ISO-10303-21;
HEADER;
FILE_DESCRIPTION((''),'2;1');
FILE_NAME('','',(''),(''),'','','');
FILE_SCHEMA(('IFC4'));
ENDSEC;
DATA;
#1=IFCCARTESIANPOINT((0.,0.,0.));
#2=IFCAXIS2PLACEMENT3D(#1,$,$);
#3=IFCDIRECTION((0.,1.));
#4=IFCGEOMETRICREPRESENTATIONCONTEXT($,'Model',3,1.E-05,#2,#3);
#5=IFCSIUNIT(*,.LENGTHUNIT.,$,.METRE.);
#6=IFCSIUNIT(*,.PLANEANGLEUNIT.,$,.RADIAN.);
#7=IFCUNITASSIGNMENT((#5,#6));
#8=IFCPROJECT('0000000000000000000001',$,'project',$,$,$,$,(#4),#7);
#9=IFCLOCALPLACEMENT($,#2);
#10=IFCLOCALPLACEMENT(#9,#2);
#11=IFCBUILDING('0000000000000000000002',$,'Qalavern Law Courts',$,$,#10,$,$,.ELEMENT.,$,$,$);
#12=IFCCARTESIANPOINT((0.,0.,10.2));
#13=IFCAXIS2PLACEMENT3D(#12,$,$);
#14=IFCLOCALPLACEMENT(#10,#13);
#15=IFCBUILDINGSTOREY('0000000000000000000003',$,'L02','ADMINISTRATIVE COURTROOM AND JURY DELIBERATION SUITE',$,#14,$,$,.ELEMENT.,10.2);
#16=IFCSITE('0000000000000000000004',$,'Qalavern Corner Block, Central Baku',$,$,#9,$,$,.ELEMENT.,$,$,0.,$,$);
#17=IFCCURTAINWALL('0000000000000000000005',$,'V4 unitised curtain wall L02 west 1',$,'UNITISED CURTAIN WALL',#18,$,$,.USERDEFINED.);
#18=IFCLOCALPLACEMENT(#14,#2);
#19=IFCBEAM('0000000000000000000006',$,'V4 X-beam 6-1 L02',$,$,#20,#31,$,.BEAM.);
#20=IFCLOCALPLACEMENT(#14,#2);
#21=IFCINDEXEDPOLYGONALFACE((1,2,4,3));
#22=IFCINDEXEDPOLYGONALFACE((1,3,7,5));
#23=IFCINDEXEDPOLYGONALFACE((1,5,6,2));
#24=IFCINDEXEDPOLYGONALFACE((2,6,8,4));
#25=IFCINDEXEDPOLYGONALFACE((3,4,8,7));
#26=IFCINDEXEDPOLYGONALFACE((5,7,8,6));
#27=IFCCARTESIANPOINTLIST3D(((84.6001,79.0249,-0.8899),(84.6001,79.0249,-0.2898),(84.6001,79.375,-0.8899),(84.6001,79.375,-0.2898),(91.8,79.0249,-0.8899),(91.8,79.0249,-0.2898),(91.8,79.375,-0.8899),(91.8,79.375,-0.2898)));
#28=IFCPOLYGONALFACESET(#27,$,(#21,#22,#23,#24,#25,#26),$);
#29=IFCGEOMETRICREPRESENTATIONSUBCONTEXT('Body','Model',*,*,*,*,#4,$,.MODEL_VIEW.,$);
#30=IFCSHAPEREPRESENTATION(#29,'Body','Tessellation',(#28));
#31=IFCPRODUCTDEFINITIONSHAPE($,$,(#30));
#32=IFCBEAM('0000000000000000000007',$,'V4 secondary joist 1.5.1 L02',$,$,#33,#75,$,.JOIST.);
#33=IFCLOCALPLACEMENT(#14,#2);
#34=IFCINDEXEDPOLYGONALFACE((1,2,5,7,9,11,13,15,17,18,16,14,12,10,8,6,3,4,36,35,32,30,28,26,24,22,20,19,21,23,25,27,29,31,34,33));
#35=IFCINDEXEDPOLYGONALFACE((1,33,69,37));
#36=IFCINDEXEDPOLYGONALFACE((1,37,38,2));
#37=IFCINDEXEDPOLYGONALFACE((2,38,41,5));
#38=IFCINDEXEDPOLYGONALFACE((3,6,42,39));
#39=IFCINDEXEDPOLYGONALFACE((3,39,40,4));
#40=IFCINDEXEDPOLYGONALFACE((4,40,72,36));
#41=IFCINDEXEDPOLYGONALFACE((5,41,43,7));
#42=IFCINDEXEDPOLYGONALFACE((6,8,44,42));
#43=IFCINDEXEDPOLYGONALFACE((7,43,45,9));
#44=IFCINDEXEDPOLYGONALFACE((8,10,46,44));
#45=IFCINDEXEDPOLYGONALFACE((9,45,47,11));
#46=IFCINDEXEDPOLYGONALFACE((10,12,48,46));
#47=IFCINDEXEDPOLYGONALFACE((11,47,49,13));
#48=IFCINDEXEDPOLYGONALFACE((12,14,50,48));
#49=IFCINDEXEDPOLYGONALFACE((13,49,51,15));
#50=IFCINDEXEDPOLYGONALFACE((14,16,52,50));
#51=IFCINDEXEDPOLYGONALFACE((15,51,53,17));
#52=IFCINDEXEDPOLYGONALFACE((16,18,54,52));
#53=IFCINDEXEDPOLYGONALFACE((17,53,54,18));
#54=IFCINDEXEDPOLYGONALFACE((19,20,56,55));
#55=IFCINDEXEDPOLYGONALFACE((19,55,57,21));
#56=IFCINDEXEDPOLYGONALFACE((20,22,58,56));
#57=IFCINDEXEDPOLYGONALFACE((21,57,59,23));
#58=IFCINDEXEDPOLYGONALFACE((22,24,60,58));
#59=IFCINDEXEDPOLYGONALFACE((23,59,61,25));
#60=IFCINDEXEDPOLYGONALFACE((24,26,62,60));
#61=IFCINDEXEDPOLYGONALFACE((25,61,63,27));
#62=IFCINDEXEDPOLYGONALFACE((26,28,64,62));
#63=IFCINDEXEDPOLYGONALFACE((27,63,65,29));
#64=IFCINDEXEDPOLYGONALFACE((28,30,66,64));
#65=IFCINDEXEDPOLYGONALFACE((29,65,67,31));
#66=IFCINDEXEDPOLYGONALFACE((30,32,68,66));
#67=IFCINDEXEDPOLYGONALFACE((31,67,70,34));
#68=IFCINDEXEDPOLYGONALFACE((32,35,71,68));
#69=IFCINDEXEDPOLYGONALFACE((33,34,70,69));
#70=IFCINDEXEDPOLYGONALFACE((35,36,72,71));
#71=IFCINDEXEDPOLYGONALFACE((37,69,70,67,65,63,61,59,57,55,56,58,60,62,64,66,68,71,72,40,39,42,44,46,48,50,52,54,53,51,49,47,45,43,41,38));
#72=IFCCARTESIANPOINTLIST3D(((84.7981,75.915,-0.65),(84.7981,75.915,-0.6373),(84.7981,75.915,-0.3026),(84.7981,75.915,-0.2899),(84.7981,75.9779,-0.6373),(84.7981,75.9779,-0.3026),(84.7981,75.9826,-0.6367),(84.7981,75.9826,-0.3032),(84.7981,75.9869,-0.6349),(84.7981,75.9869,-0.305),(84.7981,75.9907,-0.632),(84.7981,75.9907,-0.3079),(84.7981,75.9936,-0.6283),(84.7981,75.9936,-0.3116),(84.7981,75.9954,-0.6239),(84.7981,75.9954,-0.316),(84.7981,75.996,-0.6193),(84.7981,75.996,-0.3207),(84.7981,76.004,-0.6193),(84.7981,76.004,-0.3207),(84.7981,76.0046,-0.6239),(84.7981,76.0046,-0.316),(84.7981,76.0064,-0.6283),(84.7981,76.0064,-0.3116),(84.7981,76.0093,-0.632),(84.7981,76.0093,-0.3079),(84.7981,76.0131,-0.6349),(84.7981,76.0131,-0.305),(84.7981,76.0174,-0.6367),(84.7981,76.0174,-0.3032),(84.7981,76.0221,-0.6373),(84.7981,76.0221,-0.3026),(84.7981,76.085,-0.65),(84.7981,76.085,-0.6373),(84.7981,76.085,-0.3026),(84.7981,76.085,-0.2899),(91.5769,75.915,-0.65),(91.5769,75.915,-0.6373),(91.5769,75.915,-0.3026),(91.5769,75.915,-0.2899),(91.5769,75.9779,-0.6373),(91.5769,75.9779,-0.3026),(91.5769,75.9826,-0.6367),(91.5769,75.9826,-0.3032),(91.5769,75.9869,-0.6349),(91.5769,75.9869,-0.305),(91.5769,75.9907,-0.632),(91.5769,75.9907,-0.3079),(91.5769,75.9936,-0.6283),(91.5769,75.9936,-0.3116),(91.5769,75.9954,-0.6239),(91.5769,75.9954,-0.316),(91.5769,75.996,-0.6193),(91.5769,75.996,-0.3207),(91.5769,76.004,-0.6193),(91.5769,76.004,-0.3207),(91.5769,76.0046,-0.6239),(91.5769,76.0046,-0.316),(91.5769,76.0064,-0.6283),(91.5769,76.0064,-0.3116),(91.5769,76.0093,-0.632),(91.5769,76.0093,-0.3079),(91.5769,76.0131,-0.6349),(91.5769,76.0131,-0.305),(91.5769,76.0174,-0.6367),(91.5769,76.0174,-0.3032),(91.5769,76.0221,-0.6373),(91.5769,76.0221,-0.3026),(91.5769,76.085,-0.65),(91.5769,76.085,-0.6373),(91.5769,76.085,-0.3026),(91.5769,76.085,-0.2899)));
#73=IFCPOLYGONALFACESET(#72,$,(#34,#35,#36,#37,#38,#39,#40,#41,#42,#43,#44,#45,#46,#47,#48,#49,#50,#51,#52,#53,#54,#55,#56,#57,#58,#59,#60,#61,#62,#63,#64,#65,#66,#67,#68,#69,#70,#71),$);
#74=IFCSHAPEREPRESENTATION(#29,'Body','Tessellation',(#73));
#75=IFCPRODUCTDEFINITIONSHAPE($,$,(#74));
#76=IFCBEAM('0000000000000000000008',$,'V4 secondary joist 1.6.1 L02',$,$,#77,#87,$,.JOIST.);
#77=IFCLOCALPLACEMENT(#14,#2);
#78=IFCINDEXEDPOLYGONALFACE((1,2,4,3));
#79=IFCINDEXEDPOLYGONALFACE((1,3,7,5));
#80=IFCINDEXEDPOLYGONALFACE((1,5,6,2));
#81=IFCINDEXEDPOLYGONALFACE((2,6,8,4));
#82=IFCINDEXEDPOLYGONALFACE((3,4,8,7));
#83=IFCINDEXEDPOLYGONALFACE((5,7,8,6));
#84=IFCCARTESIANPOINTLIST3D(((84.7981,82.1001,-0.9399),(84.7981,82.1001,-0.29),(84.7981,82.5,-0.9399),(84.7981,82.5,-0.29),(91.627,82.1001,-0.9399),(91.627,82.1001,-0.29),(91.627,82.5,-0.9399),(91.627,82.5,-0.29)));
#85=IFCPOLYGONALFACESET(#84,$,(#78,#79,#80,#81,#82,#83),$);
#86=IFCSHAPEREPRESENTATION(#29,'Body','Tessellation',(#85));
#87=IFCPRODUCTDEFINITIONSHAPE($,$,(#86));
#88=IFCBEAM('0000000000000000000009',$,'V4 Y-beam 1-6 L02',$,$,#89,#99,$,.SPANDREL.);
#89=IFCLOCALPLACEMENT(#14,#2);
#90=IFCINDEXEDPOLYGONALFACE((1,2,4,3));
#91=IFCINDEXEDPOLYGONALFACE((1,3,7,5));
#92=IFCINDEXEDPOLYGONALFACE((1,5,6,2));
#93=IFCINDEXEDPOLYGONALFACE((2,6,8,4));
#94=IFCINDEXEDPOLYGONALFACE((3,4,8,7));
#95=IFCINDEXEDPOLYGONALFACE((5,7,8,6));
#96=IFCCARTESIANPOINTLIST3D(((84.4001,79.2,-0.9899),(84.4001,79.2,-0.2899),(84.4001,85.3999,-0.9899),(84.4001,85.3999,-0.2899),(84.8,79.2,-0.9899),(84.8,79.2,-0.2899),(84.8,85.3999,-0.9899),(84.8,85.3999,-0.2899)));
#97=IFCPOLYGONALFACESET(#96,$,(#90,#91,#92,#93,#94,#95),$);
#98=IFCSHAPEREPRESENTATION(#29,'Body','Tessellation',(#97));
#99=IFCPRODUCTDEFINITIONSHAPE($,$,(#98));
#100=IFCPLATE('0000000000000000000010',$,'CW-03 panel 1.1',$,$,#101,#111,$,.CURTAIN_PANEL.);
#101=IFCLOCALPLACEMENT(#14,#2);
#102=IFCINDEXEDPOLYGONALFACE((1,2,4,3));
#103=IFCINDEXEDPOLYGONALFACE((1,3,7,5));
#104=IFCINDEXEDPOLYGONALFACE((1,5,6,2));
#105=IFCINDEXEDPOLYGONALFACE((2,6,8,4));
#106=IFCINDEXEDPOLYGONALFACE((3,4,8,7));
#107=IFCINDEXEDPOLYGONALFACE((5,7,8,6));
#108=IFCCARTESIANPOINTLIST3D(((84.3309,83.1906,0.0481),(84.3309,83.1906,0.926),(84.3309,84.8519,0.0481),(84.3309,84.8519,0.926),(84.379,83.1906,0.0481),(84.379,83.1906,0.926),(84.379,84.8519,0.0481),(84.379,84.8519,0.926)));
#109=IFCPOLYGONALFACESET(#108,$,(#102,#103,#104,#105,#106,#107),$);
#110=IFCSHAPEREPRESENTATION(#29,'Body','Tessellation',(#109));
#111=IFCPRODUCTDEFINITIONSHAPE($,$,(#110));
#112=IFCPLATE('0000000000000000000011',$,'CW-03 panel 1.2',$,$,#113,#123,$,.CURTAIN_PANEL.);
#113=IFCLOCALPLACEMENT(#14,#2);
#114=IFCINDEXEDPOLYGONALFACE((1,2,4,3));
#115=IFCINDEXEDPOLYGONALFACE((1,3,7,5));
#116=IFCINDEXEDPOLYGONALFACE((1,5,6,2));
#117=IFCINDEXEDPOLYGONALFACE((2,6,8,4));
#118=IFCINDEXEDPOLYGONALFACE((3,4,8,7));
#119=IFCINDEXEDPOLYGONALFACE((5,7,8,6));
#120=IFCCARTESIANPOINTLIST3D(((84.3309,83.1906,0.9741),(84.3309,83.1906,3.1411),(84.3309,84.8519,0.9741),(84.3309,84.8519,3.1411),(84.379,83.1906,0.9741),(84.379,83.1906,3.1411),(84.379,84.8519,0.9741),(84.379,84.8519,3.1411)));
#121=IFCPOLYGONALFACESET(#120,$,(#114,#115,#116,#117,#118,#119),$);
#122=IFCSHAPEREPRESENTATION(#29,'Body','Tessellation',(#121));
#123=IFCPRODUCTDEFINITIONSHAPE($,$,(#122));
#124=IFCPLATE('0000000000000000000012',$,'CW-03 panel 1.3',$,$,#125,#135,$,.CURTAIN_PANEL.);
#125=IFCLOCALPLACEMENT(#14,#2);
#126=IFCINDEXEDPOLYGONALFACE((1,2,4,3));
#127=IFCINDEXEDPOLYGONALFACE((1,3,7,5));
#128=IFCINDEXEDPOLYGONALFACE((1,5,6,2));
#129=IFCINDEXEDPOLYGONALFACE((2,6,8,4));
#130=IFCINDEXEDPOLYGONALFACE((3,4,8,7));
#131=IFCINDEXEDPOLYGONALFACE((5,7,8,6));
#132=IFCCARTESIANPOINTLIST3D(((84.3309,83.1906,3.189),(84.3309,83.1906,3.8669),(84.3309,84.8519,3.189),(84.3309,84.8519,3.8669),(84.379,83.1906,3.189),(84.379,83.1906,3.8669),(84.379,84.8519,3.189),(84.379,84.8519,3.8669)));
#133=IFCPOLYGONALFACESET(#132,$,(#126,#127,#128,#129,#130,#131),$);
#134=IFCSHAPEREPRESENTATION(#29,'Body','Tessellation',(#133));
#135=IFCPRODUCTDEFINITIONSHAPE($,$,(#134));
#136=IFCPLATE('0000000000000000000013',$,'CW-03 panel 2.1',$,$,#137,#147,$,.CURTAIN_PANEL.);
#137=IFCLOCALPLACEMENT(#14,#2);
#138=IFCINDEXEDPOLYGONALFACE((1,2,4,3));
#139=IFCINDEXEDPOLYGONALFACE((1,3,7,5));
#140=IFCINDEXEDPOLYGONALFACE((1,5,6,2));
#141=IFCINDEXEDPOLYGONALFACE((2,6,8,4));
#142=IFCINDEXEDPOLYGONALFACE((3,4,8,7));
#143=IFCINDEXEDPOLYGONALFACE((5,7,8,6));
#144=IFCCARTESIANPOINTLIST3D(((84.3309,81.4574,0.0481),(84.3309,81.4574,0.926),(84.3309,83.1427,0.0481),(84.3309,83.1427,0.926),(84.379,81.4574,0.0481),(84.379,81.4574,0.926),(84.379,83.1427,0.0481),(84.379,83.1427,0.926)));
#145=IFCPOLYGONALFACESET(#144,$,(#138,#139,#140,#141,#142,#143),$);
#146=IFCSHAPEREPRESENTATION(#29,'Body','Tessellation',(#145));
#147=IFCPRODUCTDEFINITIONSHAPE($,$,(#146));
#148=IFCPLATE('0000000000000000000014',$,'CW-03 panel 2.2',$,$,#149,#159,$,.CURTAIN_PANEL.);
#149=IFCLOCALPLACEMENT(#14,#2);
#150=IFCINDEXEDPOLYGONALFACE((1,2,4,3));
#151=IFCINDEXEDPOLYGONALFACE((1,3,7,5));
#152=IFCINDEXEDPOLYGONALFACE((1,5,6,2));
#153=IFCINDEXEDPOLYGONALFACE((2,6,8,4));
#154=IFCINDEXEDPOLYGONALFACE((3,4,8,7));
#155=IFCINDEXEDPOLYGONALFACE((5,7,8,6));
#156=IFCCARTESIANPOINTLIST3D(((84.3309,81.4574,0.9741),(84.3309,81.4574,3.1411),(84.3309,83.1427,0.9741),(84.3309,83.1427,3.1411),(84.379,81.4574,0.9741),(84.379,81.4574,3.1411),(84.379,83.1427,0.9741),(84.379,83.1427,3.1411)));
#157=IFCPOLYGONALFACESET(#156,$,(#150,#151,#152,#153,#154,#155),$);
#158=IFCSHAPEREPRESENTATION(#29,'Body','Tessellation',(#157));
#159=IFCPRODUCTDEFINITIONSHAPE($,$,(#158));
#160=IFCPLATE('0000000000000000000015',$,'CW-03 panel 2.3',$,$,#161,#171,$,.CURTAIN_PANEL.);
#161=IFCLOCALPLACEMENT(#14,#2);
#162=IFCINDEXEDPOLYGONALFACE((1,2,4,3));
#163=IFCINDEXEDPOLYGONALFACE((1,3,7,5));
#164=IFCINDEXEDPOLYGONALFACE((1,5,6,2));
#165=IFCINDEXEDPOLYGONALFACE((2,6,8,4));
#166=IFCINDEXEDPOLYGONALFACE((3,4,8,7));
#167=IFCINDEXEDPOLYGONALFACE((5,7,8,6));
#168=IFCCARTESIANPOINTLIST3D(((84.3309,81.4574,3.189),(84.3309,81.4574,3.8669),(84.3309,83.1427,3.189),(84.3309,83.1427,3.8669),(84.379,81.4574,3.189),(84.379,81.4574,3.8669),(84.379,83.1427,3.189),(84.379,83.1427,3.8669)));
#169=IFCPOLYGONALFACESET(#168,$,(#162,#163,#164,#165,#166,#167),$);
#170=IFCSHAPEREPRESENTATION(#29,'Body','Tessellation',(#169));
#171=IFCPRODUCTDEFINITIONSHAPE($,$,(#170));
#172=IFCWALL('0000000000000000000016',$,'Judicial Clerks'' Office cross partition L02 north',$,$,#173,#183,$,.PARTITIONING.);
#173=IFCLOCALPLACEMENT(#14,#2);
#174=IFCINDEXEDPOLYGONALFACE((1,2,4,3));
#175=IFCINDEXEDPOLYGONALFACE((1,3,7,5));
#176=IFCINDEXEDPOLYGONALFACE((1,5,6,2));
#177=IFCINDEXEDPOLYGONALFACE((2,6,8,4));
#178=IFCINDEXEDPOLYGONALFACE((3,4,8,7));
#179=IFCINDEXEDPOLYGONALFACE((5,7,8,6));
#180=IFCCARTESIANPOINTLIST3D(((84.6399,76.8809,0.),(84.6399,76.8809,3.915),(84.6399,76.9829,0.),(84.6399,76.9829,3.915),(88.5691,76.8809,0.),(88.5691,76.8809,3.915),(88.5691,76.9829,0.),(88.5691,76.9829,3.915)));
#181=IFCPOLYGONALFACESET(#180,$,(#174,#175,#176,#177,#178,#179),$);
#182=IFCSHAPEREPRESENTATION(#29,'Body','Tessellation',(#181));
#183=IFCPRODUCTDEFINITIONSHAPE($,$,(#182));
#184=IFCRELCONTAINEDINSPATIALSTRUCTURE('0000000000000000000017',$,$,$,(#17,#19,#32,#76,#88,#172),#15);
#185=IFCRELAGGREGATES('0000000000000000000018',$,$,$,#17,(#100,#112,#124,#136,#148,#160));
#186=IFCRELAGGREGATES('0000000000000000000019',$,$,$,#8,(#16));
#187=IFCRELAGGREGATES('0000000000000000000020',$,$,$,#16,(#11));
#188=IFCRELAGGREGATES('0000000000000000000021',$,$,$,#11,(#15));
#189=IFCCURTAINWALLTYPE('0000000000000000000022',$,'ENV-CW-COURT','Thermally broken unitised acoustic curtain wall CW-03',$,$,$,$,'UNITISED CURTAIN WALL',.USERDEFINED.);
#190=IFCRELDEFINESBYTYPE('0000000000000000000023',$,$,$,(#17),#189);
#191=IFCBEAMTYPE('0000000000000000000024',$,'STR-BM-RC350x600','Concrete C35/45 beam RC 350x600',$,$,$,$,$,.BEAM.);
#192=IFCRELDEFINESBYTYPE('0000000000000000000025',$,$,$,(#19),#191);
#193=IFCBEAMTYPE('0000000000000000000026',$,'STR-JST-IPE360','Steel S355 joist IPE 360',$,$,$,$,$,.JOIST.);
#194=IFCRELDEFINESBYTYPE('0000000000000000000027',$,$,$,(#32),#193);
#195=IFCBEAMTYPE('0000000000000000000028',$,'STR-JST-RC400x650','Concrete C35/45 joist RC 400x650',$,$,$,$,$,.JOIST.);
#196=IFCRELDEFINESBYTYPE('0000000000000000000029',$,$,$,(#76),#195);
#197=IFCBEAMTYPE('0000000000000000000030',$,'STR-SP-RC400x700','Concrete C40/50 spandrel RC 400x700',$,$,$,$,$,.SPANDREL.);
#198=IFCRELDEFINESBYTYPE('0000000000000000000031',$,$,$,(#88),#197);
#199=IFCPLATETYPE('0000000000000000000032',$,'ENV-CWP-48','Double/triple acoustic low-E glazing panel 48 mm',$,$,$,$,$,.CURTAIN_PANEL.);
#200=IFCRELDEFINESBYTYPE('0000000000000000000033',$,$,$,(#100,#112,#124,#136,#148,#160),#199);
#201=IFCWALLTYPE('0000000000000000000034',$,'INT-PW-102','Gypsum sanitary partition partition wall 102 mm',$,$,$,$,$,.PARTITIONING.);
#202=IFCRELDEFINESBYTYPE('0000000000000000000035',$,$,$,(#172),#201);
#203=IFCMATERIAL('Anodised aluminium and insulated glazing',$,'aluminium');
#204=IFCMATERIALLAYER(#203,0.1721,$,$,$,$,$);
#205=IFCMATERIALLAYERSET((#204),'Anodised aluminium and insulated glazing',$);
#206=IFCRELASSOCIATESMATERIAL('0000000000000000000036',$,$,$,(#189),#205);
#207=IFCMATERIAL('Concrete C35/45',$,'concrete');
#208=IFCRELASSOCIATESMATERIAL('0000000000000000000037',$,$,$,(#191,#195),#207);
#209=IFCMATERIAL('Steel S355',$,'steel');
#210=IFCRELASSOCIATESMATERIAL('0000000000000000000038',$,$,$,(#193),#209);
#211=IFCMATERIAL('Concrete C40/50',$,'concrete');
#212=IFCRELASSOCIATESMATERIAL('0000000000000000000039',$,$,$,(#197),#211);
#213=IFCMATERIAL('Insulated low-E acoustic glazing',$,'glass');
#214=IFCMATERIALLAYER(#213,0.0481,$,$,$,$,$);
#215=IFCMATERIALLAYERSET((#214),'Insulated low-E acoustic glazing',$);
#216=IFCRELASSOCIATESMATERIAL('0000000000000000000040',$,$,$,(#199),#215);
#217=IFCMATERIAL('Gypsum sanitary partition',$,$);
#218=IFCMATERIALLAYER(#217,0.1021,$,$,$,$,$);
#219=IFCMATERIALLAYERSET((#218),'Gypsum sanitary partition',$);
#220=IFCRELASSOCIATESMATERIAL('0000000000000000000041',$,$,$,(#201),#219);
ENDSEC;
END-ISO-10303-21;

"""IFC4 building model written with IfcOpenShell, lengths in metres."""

from ifc_helpers import new_model, si_unit, direction, frame, frame_2d, origin, origin_2d, place, context, subcontext, project, spatial, rectangle, i_section, extrude, material, layer, layer_set, material_profile, profile_set, type_object, element, aggregate, save


model = new_model("IFC4")

# Units and contexts
model_context = context("Model", 3, precision=1e-05, world=origin(), true_north=direction((0.0, 1.0)))
body_context = subcontext(model_context, "Body", "Model", "MODEL_VIEW")
ifc_project = project(units=[si_unit("LENGTHUNIT", "METRE"), si_unit("PLANEANGLEUNIT", "RADIAN")], contexts=[model_context])

# Site, building, storey
site_placement = place(None, origin())
site = spatial("IfcSite", under=ifc_project, at=site_placement, Name="Qalavern Corner Block, Central Baku", CompositionType="ELEMENT", RefElevation=0.0)
building_placement = place(site_placement, origin())
building = spatial("IfcBuilding", under=site, at=building_placement, Name="Qalavern Law Courts", CompositionType="ELEMENT")
storey_placement = place(building_placement, frame((0.0, 0.0, 10.2)))
storey = spatial("IfcBuildingStorey", under=building, at=storey_placement, Name="L02", Description="ADMINISTRATIVE COURTROOM AND JURY DELIBERATION SUITE", CompositionType="ELEMENT", Elevation=10.2)

# Curtain wall
ifc_material_1 = material(Name="Anodised aluminium and insulated glazing", Category="aluminium")
ifc_layer_1 = layer(ifc_material_1, 0.1721)
ifc_layer_set_1 = layer_set([ifc_layer_1], Name="Anodised aluminium and insulated glazing")
curtain_wall_type = type_object("IfcCurtainWallType", Name="ENV-CW-COURT", Description="Thermally broken unitised acoustic curtain wall CW-03", ElementType="UNITISED CURTAIN WALL", PredefinedType="USERDEFINED", material=ifc_layer_set_1)
curtain_wall_placement = place(storey_placement, origin())
curtain_wall = element("IfcCurtainWall", 1, at=curtain_wall_placement, inside=storey, type_object=curtain_wall_type, Name="V4 unitised curtain wall L02 west 1", ObjectType="UNITISED CURTAIN WALL", PredefinedType="USERDEFINED")

# Beams
ifc_material_2 = material(Name="Concrete C35/45", Category="concrete")
ifc_material_profile_1 = material_profile(ifc_material_2, rectangle(XDim=0.3501, YDim=0.6001, at=origin_2d()), Name="RC 350x600")
ifc_profile_set_1 = profile_set([ifc_material_profile_1], Name="Concrete C35/45")
beam_type_1 = type_object("IfcBeamType", Name="STR-BM-RC350x600", Description="Concrete C35/45 beam RC 350x600", PredefinedType="BEAM", material=ifc_profile_set_1)
beam_1_placement = place(storey_placement, frame((84.6001, 79.2, -0.5898), z_axis=(1.0, 0.0, 0.0), x_axis=(0.0, 1.0, 0.0)))
element("IfcBeam", 2, at=beam_1_placement, inside=storey, type_object=beam_type_1, Name="V4 X-beam 6-1 L02", PredefinedType="BEAM", context=body_context, shape_type="SweptSolid", body=[
    extrude(rectangle(XDim=0.3501, YDim=0.6001, at=origin_2d()), origin(), (0.0, 0.0, 1.0), 7.2),
])
ifc_material_3 = material(Name="Steel S355", Category="steel")
ifc_material_profile_2 = material_profile(ifc_material_3, i_section(OverallWidth=0.1699, OverallDepth=0.3601, WebThickness=0.0081, FlangeThickness=0.0127, FilletRadius=0.0181, at=origin_2d()), Name="IPE 360")
ifc_profile_set_2 = profile_set([ifc_material_profile_2], Name="Steel S355")
beam_type_2 = type_object("IfcBeamType", Name="STR-JST-IPE360", Description="Steel S355 joist IPE 360", PredefinedType="JOIST", material=ifc_profile_set_2)
beam_2_placement = place(storey_placement, frame((84.7981, 76.0, -0.47), z_axis=(1.0, 0.0, 0.0), x_axis=(0.0, 1.0, 0.0)))
element("IfcBeam", 3, at=beam_2_placement, inside=storey, type_object=beam_type_2, Name="V4 secondary joist 1.5.1 L02", PredefinedType="JOIST", context=body_context, shape_type="SweptSolid", body=[
    extrude(i_section(OverallWidth=0.1699, OverallDepth=0.3601, WebThickness=0.0081, FlangeThickness=0.0127, FilletRadius=0.0181, at=origin_2d()), origin(), (0.0, 0.0, 1.0), 6.7788),
])
ifc_material_profile_3 = material_profile(ifc_material_2, rectangle(XDim=0.3999, YDim=0.6499, at=origin_2d()), Name="RC 400x650")
ifc_profile_set_3 = profile_set([ifc_material_profile_3], Name="Concrete C35/45")
beam_type_3 = type_object("IfcBeamType", Name="STR-JST-RC400x650", Description="Concrete C35/45 joist RC 400x650", PredefinedType="JOIST", material=ifc_profile_set_3)
beam_3_placement = place(storey_placement, frame((84.7981, 82.3, -0.615), z_axis=(1.0, 0.0, 0.0), x_axis=(0.0, 1.0, 0.0)))
element("IfcBeam", 4, at=beam_3_placement, inside=storey, type_object=beam_type_3, Name="V4 secondary joist 1.6.1 L02", PredefinedType="JOIST", context=body_context, shape_type="SweptSolid", body=[
    extrude(rectangle(XDim=0.3999, YDim=0.6499, at=origin_2d()), origin(), (0.0, 0.0, 1.0), 6.8289),
])
ifc_material_4 = material(Name="Concrete C40/50", Category="concrete")
ifc_material_profile_4 = material_profile(ifc_material_4, rectangle(XDim=0.3999, YDim=0.7, at=origin_2d()), Name="RC 400x700")
ifc_profile_set_4 = profile_set([ifc_material_profile_4], Name="Concrete C40/50")
beam_type_4 = type_object("IfcBeamType", Name="STR-SP-RC400x700", Description="Concrete C40/50 spandrel RC 400x700", PredefinedType="SPANDREL", material=ifc_profile_set_4)
beam_4_placement = place(storey_placement, frame((84.6001, 79.2, -0.6399), z_axis=(0.0, 1.0, 0.0), x_axis=(-1.0, 0.0, 0.0)))
element("IfcBeam", 5, at=beam_4_placement, inside=storey, type_object=beam_type_4, Name="V4 Y-beam 1-6 L02", PredefinedType="SPANDREL", context=body_context, shape_type="SweptSolid", body=[
    extrude(rectangle(XDim=0.3999, YDim=0.7, at=origin_2d()), origin(), (0.0, 0.0, 1.0), 6.2),
])

# Plates
ifc_material_5 = material(Name="Insulated low-E acoustic glazing", Category="glass")
ifc_layer_2 = layer(ifc_material_5, 0.0481)
ifc_layer_set_2 = layer_set([ifc_layer_2], Name="Insulated low-E acoustic glazing")
plate_type = type_object("IfcPlateType", Name="ENV-CWP-48", Description="Double/triple acoustic low-E glazing panel 48 mm", PredefinedType="CURTAIN_PANEL", material=ifc_layer_set_2)
plate_1_placement = place(storey_placement, frame((84.355, 84.0212, 0.0481), z_axis=(0.0, 0.0, 1.0), x_axis=(0.0, -1.0, 0.0)))
plate_1 = element("IfcPlate", 6, at=plate_1_placement, type_object=plate_type, Name="CW-03 panel 1.1", PredefinedType="CURTAIN_PANEL", context=body_context, shape_type="SweptSolid", body=[
    extrude(rectangle(XDim=1.6614, YDim=0.0481, at=origin_2d()), origin(), (0.0, 0.0, 1.0), 0.8779),
])
plate_2_placement = place(storey_placement, frame((84.355, 84.0212, 0.9741), z_axis=(0.0, 0.0, 1.0), x_axis=(0.0, -1.0, 0.0)))
plate_2 = element("IfcPlate", 7, at=plate_2_placement, type_object=plate_type, Name="CW-03 panel 1.2", PredefinedType="CURTAIN_PANEL", context=body_context, shape_type="SweptSolid", body=[
    extrude(rectangle(XDim=1.6614, YDim=0.0481, at=origin_2d()), origin(), (0.0, 0.0, 1.0), 2.167),
])
plate_3_placement = place(storey_placement, frame((84.355, 84.0212, 3.189), z_axis=(0.0, 0.0, 1.0), x_axis=(0.0, -1.0, 0.0)))
plate_3 = element("IfcPlate", 8, at=plate_3_placement, type_object=plate_type, Name="CW-03 panel 1.3", PredefinedType="CURTAIN_PANEL", context=body_context, shape_type="SweptSolid", body=[
    extrude(rectangle(XDim=1.6614, YDim=0.0481, at=origin_2d()), origin(), (0.0, 0.0, 1.0), 0.678),
])
plate_4_placement = place(storey_placement, frame((84.355, 82.3, 0.0481), z_axis=(0.0, 0.0, 1.0), x_axis=(0.0, -1.0, 0.0)))
plate_4 = element("IfcPlate", 9, at=plate_4_placement, type_object=plate_type, Name="CW-03 panel 2.1", PredefinedType="CURTAIN_PANEL", context=body_context, shape_type="SweptSolid", body=[
    extrude(rectangle(XDim=1.6853, YDim=0.0481, at=origin_2d()), origin(), (0.0, 0.0, 1.0), 0.8779),
])
plate_5_placement = place(storey_placement, frame((84.355, 82.3, 0.9741), z_axis=(0.0, 0.0, 1.0), x_axis=(0.0, -1.0, 0.0)))
plate_5 = element("IfcPlate", 10, at=plate_5_placement, type_object=plate_type, Name="CW-03 panel 2.2", PredefinedType="CURTAIN_PANEL", context=body_context, shape_type="SweptSolid", body=[
    extrude(rectangle(XDim=1.6853, YDim=0.0481, at=origin_2d()), origin(), (0.0, 0.0, 1.0), 2.167),
])
plate_6_placement = place(storey_placement, frame((84.355, 82.3, 3.189), z_axis=(0.0, 0.0, 1.0), x_axis=(0.0, -1.0, 0.0)))
plate_6 = element("IfcPlate", 11, at=plate_6_placement, type_object=plate_type, Name="CW-03 panel 2.3", PredefinedType="CURTAIN_PANEL", context=body_context, shape_type="SweptSolid", body=[
    extrude(rectangle(XDim=1.6853, YDim=0.0481, at=origin_2d()), origin(), (0.0, 0.0, 1.0), 0.678),
])
aggregate(curtain_wall, [plate_1, plate_2, plate_3, plate_4, plate_5, plate_6])

# Wall
ifc_material_6 = material(Name="Gypsum sanitary partition")
ifc_layer_3 = layer(ifc_material_6, 0.1021)
ifc_layer_set_3 = layer_set([ifc_layer_3], Name="Gypsum sanitary partition")
wall_type_1 = type_object("IfcWallType", Name="INT-PW-102", Description="Gypsum sanitary partition partition wall 102 mm", PredefinedType="PARTITIONING", material=ifc_layer_set_3)
wall_1_placement = place(storey_placement, frame((84.6399, 76.9319, 0.0), z_axis=(0.0, 0.0, 1.0), x_axis=(1.0, 0.0, 0.0)))
element("IfcWall", 12, at=wall_1_placement, inside=storey, type_object=wall_type_1, Name="Judicial Clerks' Office cross partition L02 north", PredefinedType="PARTITIONING", context=body_context, shape_type="SweptSolid", body=[
    extrude(rectangle(XDim=3.9292, YDim=0.1021, at=frame_2d((1.9646, 0.0))), origin(), (0.0, 0.0, 1.0), 3.915),
])

save(model, "model.ifc")
